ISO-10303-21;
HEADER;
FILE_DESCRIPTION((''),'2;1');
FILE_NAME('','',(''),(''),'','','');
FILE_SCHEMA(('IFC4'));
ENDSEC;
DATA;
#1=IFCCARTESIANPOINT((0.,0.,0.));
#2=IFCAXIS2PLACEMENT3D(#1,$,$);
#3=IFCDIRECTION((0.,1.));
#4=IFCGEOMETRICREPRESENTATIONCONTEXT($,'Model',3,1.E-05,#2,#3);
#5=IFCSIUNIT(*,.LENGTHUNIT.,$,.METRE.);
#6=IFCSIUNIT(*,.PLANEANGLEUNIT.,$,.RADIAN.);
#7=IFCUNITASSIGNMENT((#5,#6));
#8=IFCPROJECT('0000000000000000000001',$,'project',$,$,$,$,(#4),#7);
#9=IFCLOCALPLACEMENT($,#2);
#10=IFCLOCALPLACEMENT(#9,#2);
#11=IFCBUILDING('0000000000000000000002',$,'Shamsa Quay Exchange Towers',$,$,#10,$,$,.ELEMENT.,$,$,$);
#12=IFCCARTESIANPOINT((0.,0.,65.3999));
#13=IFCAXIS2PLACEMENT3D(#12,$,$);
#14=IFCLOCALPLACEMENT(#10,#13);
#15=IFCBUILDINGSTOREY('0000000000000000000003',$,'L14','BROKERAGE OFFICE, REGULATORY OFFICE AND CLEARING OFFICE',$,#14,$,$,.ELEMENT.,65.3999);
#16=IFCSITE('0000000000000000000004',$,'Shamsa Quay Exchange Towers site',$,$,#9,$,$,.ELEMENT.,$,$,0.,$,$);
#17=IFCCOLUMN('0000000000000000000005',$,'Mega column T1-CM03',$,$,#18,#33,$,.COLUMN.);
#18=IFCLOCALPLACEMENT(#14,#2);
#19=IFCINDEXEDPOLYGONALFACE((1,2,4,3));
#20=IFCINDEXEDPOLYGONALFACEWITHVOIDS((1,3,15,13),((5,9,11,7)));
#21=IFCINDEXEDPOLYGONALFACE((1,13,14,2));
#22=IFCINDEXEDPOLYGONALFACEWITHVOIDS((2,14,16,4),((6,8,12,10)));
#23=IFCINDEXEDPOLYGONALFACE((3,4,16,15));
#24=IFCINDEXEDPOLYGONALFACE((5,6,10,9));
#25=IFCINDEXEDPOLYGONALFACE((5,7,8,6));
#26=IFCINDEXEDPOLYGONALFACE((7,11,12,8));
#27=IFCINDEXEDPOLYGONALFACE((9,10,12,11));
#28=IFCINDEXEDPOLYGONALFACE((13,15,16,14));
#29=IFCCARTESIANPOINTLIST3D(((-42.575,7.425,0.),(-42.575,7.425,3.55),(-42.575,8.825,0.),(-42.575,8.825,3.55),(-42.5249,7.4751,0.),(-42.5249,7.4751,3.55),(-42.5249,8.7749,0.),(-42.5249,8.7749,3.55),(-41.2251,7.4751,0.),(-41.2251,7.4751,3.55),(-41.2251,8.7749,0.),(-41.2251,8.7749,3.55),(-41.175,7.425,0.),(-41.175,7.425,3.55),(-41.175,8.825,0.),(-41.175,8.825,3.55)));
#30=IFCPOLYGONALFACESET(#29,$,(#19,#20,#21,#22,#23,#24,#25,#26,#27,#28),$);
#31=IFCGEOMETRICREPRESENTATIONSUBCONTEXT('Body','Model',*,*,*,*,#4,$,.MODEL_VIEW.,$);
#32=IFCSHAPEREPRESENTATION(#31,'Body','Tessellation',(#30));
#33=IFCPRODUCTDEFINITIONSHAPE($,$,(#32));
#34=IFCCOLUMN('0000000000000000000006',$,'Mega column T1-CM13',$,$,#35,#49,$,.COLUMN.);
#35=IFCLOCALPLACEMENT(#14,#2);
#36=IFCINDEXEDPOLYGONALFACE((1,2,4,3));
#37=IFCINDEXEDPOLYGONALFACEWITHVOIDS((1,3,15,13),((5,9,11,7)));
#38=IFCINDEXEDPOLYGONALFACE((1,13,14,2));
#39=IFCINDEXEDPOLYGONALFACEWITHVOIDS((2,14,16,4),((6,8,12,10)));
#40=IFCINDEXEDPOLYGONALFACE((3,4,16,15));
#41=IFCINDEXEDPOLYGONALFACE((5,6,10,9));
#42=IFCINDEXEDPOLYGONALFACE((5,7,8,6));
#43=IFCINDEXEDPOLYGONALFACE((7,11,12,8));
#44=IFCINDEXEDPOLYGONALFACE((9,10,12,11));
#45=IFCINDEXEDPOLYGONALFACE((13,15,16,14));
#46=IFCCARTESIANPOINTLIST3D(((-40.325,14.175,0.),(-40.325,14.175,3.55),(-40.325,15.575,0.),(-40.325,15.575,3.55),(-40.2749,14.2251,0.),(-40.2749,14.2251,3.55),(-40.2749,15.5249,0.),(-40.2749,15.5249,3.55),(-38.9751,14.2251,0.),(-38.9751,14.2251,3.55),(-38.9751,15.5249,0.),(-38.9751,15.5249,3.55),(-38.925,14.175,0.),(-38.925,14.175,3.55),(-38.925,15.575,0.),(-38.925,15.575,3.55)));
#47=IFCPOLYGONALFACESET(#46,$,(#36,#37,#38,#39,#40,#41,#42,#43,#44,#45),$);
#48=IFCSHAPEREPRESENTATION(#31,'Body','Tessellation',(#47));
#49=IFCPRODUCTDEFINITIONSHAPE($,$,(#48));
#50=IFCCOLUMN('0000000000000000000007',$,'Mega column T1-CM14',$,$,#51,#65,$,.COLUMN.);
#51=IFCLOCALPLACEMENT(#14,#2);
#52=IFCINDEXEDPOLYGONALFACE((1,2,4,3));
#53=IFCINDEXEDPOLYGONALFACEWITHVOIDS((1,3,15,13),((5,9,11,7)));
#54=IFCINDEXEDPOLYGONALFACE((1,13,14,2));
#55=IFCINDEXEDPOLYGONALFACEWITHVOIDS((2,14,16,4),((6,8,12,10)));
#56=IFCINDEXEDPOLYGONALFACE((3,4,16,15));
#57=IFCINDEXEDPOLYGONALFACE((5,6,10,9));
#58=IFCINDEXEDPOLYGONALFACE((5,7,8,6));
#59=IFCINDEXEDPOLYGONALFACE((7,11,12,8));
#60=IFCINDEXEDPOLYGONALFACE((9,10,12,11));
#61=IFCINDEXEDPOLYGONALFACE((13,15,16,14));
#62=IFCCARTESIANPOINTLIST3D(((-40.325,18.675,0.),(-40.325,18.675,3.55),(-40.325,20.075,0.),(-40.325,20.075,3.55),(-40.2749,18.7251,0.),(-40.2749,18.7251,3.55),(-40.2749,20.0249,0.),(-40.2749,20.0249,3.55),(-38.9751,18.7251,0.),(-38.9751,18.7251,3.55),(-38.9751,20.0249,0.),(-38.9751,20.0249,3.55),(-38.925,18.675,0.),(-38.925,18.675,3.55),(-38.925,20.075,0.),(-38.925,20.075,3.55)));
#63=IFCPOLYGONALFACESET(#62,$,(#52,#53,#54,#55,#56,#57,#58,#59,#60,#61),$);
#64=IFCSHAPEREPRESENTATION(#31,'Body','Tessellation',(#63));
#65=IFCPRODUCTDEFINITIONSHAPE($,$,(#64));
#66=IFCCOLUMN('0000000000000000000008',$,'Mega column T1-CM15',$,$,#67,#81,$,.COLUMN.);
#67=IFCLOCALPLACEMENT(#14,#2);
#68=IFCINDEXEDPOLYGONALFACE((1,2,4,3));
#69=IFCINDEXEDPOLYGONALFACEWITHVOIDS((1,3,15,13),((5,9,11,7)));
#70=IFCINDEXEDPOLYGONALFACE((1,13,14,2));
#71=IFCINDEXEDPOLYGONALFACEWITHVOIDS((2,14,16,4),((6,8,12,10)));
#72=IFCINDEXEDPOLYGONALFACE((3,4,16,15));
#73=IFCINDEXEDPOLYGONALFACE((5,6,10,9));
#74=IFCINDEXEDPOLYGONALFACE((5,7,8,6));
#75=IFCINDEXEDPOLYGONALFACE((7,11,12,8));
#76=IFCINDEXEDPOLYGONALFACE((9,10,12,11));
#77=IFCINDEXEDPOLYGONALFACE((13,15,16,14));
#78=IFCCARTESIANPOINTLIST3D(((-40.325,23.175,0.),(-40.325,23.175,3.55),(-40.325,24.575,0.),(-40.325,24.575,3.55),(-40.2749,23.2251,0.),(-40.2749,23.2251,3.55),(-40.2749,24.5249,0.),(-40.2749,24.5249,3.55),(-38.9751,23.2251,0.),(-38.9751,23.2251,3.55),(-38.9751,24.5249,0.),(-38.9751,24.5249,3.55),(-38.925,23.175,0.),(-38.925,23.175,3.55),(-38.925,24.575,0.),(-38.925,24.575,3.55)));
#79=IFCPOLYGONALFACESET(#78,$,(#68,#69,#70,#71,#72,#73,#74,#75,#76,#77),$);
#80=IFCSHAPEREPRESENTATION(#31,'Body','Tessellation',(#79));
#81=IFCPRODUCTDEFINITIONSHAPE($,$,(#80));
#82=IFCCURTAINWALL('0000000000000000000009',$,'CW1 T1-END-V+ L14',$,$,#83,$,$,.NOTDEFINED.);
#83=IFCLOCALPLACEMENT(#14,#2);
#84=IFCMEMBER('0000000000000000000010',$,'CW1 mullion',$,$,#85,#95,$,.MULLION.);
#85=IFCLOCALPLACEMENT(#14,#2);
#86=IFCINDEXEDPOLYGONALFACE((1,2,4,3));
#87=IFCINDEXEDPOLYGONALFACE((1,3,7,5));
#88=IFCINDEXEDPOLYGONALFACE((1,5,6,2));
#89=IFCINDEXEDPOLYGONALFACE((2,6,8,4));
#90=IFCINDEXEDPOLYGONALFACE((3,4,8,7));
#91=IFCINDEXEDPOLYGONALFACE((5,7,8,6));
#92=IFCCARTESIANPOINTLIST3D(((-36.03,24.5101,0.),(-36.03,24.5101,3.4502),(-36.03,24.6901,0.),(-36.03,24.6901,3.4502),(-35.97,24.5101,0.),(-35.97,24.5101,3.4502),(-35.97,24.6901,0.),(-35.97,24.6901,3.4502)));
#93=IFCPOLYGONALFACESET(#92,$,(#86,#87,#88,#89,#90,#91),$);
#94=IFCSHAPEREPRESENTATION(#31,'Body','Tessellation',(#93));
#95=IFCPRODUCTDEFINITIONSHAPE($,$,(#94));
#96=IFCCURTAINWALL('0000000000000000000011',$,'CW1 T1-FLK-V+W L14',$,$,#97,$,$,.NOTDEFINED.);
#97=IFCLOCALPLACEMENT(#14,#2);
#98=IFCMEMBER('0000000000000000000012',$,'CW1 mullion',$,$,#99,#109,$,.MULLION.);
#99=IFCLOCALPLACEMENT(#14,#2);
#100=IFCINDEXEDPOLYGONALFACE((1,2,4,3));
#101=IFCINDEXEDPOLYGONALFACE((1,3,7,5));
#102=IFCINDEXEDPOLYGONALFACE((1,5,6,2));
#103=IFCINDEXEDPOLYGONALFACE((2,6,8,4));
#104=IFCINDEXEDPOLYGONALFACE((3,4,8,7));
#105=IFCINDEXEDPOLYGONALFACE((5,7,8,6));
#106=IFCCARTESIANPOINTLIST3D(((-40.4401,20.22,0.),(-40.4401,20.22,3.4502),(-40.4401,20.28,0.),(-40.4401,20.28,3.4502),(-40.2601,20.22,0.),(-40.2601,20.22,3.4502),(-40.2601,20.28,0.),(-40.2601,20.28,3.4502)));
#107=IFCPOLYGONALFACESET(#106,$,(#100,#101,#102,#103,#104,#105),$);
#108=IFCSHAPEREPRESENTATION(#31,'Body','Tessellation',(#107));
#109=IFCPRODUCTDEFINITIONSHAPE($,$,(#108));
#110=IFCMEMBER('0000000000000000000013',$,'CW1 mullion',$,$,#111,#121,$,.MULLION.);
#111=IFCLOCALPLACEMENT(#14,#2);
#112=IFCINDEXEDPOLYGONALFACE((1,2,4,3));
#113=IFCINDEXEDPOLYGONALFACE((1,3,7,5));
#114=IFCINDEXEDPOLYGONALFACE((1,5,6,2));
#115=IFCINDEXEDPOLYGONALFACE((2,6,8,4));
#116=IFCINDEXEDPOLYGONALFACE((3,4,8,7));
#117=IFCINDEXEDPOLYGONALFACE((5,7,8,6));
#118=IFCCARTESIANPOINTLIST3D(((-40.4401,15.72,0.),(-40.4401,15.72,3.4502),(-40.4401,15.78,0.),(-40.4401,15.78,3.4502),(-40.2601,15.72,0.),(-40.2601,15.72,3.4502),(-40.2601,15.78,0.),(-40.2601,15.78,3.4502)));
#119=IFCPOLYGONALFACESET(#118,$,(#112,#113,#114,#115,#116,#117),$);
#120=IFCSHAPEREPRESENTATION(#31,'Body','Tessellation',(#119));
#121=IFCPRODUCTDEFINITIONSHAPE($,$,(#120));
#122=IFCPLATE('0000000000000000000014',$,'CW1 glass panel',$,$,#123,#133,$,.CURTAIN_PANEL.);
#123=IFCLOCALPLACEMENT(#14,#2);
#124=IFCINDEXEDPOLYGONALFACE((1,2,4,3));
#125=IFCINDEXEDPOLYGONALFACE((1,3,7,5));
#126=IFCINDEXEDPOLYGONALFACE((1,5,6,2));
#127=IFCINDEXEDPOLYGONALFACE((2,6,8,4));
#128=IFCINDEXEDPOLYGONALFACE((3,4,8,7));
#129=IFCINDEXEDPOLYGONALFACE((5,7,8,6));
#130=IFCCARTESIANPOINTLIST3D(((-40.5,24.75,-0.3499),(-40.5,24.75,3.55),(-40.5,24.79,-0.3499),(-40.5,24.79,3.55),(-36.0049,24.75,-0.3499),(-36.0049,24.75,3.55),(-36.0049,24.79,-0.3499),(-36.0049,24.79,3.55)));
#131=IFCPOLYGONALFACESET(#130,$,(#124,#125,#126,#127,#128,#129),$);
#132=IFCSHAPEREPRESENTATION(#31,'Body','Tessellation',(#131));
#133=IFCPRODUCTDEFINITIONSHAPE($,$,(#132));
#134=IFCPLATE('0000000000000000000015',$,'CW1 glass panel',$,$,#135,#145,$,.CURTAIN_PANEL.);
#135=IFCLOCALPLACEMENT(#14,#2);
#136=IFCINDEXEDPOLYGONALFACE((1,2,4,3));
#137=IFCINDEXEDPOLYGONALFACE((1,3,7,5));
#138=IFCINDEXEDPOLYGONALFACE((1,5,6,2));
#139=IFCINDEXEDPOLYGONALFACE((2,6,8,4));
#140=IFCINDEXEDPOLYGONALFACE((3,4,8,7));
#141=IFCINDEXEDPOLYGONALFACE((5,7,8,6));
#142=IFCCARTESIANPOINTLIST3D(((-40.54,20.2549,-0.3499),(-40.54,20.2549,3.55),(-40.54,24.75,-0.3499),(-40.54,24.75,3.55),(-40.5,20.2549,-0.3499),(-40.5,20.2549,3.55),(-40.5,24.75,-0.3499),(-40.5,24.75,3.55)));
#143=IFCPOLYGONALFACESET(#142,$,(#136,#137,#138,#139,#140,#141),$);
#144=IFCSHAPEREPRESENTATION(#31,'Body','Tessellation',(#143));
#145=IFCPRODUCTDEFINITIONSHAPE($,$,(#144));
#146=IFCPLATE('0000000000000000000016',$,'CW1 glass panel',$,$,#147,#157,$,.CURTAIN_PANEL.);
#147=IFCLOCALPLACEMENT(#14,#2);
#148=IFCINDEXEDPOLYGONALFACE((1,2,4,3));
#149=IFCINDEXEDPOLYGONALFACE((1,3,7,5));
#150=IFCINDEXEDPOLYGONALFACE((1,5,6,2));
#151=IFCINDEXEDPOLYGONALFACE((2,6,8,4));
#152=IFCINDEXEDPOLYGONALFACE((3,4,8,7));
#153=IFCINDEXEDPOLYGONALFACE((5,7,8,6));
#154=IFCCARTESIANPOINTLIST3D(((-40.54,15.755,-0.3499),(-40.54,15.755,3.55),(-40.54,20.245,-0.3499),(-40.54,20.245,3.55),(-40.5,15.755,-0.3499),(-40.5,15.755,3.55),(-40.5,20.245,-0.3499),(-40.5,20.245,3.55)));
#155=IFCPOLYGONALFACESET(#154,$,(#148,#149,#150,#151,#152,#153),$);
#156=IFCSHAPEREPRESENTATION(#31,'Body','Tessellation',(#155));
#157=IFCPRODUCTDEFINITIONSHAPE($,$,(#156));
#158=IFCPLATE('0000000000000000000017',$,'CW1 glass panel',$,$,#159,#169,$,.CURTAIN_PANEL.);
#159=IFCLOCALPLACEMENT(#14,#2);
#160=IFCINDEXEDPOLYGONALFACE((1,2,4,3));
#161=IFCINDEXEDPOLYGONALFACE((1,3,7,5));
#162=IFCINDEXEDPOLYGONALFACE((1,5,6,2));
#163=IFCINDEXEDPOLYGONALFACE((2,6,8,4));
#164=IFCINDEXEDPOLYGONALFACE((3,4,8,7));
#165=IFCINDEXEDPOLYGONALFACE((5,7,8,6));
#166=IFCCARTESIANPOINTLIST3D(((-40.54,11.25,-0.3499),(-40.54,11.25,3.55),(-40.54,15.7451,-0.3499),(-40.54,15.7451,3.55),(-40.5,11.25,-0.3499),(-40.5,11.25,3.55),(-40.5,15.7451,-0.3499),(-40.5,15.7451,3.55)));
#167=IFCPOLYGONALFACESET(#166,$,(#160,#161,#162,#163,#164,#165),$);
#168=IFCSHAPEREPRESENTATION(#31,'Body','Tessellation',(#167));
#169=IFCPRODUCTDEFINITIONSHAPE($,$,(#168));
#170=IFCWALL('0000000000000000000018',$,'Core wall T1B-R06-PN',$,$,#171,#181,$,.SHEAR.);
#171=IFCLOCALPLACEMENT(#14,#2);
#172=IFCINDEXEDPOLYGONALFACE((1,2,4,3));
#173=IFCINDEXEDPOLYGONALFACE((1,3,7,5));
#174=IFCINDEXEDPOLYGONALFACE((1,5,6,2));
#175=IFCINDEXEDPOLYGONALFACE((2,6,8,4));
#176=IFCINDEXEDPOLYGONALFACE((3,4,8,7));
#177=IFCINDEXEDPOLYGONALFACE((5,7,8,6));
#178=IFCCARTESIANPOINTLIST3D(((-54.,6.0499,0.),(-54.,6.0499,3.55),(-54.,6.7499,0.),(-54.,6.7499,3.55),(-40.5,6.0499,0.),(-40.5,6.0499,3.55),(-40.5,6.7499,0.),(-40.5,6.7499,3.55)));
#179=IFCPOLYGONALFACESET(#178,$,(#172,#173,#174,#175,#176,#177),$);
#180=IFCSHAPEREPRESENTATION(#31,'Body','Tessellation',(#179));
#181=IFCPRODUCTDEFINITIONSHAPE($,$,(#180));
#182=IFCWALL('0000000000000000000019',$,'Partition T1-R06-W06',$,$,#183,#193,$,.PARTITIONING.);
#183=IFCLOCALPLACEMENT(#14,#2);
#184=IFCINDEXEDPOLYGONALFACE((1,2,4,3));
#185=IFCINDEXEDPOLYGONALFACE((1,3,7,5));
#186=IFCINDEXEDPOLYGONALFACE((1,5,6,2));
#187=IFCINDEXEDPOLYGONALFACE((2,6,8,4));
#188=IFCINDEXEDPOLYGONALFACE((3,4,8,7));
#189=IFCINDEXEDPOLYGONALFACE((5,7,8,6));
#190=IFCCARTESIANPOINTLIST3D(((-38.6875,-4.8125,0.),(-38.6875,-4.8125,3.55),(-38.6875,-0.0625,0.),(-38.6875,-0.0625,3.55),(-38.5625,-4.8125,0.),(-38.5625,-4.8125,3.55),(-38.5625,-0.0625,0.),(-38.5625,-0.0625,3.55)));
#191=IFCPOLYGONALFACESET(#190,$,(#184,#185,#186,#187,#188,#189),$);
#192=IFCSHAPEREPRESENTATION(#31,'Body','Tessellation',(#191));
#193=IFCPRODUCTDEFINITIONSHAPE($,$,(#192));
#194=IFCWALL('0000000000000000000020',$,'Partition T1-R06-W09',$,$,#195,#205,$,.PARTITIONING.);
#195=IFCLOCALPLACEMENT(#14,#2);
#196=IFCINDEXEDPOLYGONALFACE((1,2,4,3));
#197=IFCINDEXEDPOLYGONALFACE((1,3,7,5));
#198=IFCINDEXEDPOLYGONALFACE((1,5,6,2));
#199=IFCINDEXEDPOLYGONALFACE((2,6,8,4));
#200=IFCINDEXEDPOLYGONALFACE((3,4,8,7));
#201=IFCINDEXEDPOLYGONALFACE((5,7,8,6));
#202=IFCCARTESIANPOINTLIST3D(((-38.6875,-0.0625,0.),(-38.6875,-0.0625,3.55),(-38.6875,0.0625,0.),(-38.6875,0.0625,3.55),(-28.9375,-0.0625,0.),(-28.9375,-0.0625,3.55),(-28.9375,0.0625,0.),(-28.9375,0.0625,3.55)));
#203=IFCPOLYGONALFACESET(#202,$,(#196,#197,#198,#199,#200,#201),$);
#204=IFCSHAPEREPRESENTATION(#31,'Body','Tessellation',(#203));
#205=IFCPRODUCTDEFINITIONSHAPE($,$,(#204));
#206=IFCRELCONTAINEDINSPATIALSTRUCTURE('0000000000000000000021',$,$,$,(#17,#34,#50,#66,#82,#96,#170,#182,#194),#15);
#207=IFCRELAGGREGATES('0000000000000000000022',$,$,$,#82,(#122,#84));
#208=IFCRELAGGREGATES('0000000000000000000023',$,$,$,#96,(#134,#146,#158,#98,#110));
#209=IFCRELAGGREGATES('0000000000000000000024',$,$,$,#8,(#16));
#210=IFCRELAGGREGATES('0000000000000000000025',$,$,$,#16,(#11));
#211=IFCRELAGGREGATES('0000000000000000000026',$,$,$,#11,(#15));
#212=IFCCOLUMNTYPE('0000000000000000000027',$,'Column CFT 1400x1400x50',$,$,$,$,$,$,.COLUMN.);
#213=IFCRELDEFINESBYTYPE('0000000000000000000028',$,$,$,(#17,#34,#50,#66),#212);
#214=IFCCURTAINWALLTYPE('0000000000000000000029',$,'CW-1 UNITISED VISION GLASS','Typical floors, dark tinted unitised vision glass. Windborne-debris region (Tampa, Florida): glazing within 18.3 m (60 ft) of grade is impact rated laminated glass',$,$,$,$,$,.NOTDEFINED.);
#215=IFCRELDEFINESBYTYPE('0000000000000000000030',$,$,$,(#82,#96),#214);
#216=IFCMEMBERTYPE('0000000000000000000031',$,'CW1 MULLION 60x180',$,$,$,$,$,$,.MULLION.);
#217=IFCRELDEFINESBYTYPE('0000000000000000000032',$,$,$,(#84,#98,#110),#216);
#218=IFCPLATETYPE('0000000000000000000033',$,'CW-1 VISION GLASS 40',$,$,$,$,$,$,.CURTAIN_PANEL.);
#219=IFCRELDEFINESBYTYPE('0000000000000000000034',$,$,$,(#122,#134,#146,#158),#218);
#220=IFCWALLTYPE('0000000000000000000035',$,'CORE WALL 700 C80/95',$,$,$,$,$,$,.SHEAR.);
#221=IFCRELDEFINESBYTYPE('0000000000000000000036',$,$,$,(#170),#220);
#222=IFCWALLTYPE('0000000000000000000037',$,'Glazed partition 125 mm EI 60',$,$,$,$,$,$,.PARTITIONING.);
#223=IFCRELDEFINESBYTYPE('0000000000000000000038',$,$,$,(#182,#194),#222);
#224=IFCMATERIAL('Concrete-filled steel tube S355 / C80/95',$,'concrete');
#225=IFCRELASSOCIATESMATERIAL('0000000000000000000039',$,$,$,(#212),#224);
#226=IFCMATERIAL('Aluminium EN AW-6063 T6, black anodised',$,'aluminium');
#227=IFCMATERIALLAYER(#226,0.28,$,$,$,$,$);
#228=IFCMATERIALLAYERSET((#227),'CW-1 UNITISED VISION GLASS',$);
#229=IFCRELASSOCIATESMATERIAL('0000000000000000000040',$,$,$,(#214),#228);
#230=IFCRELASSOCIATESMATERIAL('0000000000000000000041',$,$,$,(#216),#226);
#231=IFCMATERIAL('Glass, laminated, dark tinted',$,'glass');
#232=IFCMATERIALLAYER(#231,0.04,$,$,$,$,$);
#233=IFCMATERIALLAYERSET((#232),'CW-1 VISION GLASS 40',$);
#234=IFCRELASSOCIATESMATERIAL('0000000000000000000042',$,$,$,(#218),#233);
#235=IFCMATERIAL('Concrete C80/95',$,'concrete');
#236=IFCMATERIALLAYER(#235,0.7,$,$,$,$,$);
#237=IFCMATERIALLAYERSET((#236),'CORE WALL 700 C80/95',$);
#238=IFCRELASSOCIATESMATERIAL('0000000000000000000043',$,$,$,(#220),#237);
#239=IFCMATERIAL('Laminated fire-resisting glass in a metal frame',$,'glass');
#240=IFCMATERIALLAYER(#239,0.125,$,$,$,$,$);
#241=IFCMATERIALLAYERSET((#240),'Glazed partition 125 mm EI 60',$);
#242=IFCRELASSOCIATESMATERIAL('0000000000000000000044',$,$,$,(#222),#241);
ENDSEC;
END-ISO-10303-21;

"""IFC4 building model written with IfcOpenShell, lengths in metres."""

from ifc_helpers import new_model, si_unit, direction, frame, frame_2d, origin, origin_2d, place, context, subcontext, project, spatial, rectangle, hollow_rectangle, extrude, material, layer, layer_set, material_profile, profile_set, type_object, element, aggregate, save


model = new_model("IFC4")

# Units and contexts
model_context = context("Model", 3, precision=1e-05, world=origin(), true_north=direction((0.0, 1.0)))
body_context = subcontext(model_context, "Body", "Model", "MODEL_VIEW")
ifc_project = project(units=[si_unit("LENGTHUNIT", "METRE"), si_unit("PLANEANGLEUNIT", "RADIAN")], contexts=[model_context])

# Site, building, storey
site_placement = place(None, origin())
site = spatial("IfcSite", under=ifc_project, at=site_placement, Name="Shamsa Quay Exchange Towers site", CompositionType="ELEMENT", RefElevation=0.0)
building_placement = place(site_placement, origin())
building = spatial("IfcBuilding", under=site, at=building_placement, Name="Shamsa Quay Exchange Towers", CompositionType="ELEMENT")
storey_placement = place(building_placement, frame((0.0, 0.0, 65.3999)))
storey = spatial("IfcBuildingStorey", under=building, at=storey_placement, Name="L14", Description="BROKERAGE OFFICE, REGULATORY OFFICE AND CLEARING OFFICE", CompositionType="ELEMENT", Elevation=65.3999)

# Columns
ifc_material_1 = material(Name="Concrete-filled steel tube S355 / C80/95", Category="concrete")
ifc_material_profile_1 = material_profile(ifc_material_1, hollow_rectangle(XDim=1.3999, YDim=1.3999, WallThickness=0.05, at=origin_2d()), Name="CFT 1400x1400x50")
ifc_profile_set_1 = profile_set([ifc_material_profile_1], Name="Concrete-filled steel tube S355 / C80/95")
column_type = type_object("IfcColumnType", Name="Column CFT 1400x1400x50", PredefinedType="COLUMN", material=ifc_profile_set_1)
for number, where, name in (
    (1, (-41.875, 8.125, 0.0), "Mega column T1-CM03"),
    (2, (-39.625, 14.875, 0.0), "Mega column T1-CM13"),
    (3, (-39.625, 19.375, 0.0), "Mega column T1-CM14"),
    (4, (-39.625, 23.875, 0.0), "Mega column T1-CM15"),
):
    element("IfcColumn", number, at=place(storey_placement, frame(where)), inside=storey, type_object=column_type, Name=name, PredefinedType="COLUMN", context=body_context, shape_type="SweptSolid", body=[
        extrude(hollow_rectangle(XDim=1.3999, YDim=1.3999, WallThickness=0.05, at=origin_2d()), origin(), (0.0, 0.0, 1.0), 3.55),
    ])

# Curtain wall, member
ifc_material_2 = material(Name="Aluminium EN AW-6063 T6, black anodised", Category="aluminium")
ifc_layer_1 = layer(ifc_material_2, 0.28)
ifc_layer_set_1 = layer_set([ifc_layer_1], Name="CW-1 UNITISED VISION GLASS")
curtain_wall_type = type_object("IfcCurtainWallType", Name="CW-1 UNITISED VISION GLASS", Description="Typical floors, dark tinted unitised vision glass. Windborne-debris region (Tampa, Florida): glazing within 18.3 m (60 ft) of grade is impact rated laminated glass", PredefinedType="NOTDEFINED", material=ifc_layer_set_1)
curtain_wall_1_placement = place(storey_placement, origin())
curtain_wall_1 = element("IfcCurtainWall", 5, at=curtain_wall_1_placement, inside=storey, type_object=curtain_wall_type, Name="CW1 T1-END-V+ L14", PredefinedType="NOTDEFINED")
ifc_material_profile_2 = material_profile(ifc_material_2, rectangle(XDim=0.1799, YDim=0.0601, at=origin_2d()), Name="MU60x180")
ifc_profile_set_2 = profile_set([ifc_material_profile_2], Name="Aluminium EN AW-6063 T6, black anodised")
member_type = type_object("IfcMemberType", Name="CW1 MULLION 60x180", PredefinedType="MULLION", material=ifc_profile_set_2)
member_1_placement = place(storey_placement, frame((-36.0, 24.6001, 0.0), z_axis=(0.0, 0.0, 1.0), x_axis=(0.0, -1.0, 0.0)))
member_1 = element("IfcMember", 6, at=member_1_placement, type_object=member_type, Name="CW1 mullion", PredefinedType="MULLION", context=body_context, shape_type="SweptSolid", body=[
    extrude(rectangle(XDim=0.1799, YDim=0.0601, at=origin_2d()), origin(), (0.0, 0.0, 1.0), 3.4502),
])

# Curtain wall, members
curtain_wall_2_placement = place(storey_placement, origin())
curtain_wall_2 = element("IfcCurtainWall", 7, at=curtain_wall_2_placement, inside=storey, type_object=curtain_wall_type, Name="CW1 T1-FLK-V+W L14", PredefinedType="NOTDEFINED")
member_2_placement = place(storey_placement, frame((-40.3501, 20.25, 0.0)))
member_2 = element("IfcMember", 8, at=member_2_placement, type_object=member_type, Name="CW1 mullion", PredefinedType="MULLION", context=body_context, shape_type="SweptSolid", body=[
    extrude(rectangle(XDim=0.1799, YDim=0.0601, at=origin_2d()), origin(), (0.0, 0.0, 1.0), 3.4502),
])
member_3_placement = place(storey_placement, frame((-40.3501, 15.75, 0.0)))
member_3 = element("IfcMember", 9, at=member_3_placement, type_object=member_type, Name="CW1 mullion", PredefinedType="MULLION", context=body_context, shape_type="SweptSolid", body=[
    extrude(rectangle(XDim=0.1799, YDim=0.0601, at=origin_2d()), origin(), (0.0, 0.0, 1.0), 3.4502),
])

# Plates
ifc_material_3 = material(Name="Glass, laminated, dark tinted", Category="glass")
ifc_layer_2 = layer(ifc_material_3, 0.04)
ifc_layer_set_2 = layer_set([ifc_layer_2], Name="CW-1 VISION GLASS 40")
plate_type = type_object("IfcPlateType", Name="CW-1 VISION GLASS 40", PredefinedType="CURTAIN_PANEL", material=ifc_layer_set_2)
plate_1_placement = place(storey_placement, frame((-38.2524, 24.77, -0.3499), z_axis=(0.0, 0.0, 1.0), x_axis=(-1.0, 0.0, 0.0)))
plate_1 = element("IfcPlate", 10, at=plate_1_placement, type_object=plate_type, Name="CW1 glass panel", PredefinedType="CURTAIN_PANEL", context=body_context, shape_type="SweptSolid", body=[
    extrude(rectangle(XDim=4.4951, YDim=0.04, at=origin_2d()), origin(), (0.0, 0.0, 1.0), 3.8999),
])
aggregate(curtain_wall_1, [plate_1, member_1])
plate_2_placement = place(storey_placement, frame((-40.52, 22.5024, -0.3499), z_axis=(0.0, 0.0, 1.0), x_axis=(0.0, -1.0, 0.0)))
plate_2 = element("IfcPlate", 11, at=plate_2_placement, type_object=plate_type, Name="CW1 glass panel", PredefinedType="CURTAIN_PANEL", context=body_context, shape_type="SweptSolid", body=[
    extrude(rectangle(XDim=4.4951, YDim=0.04, at=origin_2d()), origin(), (0.0, 0.0, 1.0), 3.8999),
])
plate_3_placement = place(storey_placement, frame((-40.52, 18.0, -0.3499), z_axis=(0.0, 0.0, 1.0), x_axis=(0.0, -1.0, 0.0)))
plate_3 = element("IfcPlate", 12, at=plate_3_placement, type_object=plate_type, Name="CW1 glass panel", PredefinedType="CURTAIN_PANEL", context=body_context, shape_type="SweptSolid", body=[
    extrude(rectangle(XDim=4.49, YDim=0.04, at=origin_2d()), origin(), (0.0, 0.0, 1.0), 3.8999),
])
plate_4_placement = place(storey_placement, frame((-40.52, 13.4976, -0.3499), z_axis=(0.0, 0.0, 1.0), x_axis=(0.0, -1.0, 0.0)))
plate_4 = element("IfcPlate", 13, at=plate_4_placement, type_object=plate_type, Name="CW1 glass panel", PredefinedType="CURTAIN_PANEL", context=body_context, shape_type="SweptSolid", body=[
    extrude(rectangle(XDim=4.4951, YDim=0.04, at=origin_2d()), origin(), (0.0, 0.0, 1.0), 3.8999),
])
aggregate(curtain_wall_2, [plate_2, plate_3, plate_4, member_2, member_3])

# Walls
ifc_material_4 = material(Name="Concrete C80/95", Category="concrete")
ifc_layer_3 = layer(ifc_material_4, 0.7)
ifc_layer_set_3 = layer_set([ifc_layer_3], Name="CORE WALL 700 C80/95")
wall_type_1 = type_object("IfcWallType", Name="CORE WALL 700 C80/95", PredefinedType="SHEAR", material=ifc_layer_set_3)
wall_1_placement = place(storey_placement, frame((-40.5, 6.3999, 0.0), z_axis=(0.0, 0.0, 1.0), x_axis=(-1.0, 0.0, 0.0)))
element("IfcWall", 14, at=wall_1_placement, inside=storey, type_object=wall_type_1, Name="Core wall T1B-R06-PN", PredefinedType="SHEAR", context=body_context, shape_type="SweptSolid", body=[
    extrude(rectangle(XDim=13.5, YDim=0.7, at=frame_2d((6.75, 0.0))), origin(), (0.0, 0.0, 1.0), 3.55),
])
ifc_material_5 = material(Name="Laminated fire-resisting glass in a metal frame", Category="glass")
ifc_layer_4 = layer(ifc_material_5, 0.125)
ifc_layer_set_4 = layer_set([ifc_layer_4], Name="Glazed partition 125 mm EI 60")
wall_type_2 = type_object("IfcWallType", Name="Glazed partition 125 mm EI 60", PredefinedType="PARTITIONING", material=ifc_layer_set_4)
wall_2_placement = place(storey_placement, frame((-38.625, -0.0625, 0.0), z_axis=(0.0, 0.0, 1.0), x_axis=(0.0, -1.0, 0.0)))
element("IfcWall", 15, at=wall_2_placement, inside=storey, type_object=wall_type_2, Name="Partition T1-R06-W06", PredefinedType="PARTITIONING", context=body_context, shape_type="SweptSolid", body=[
    extrude(rectangle(XDim=4.75, YDim=0.125, at=frame_2d((2.375, 0.0))), origin(), (0.0, 0.0, 1.0), 3.55),
])
wall_3_placement = place(storey_placement, frame((-38.6875, 0.0, 0.0)))
element("IfcWall", 16, at=wall_3_placement, inside=storey, type_object=wall_type_2, Name="Partition T1-R06-W09", PredefinedType="PARTITIONING", context=body_context, shape_type="SweptSolid", body=[
    extrude(rectangle(XDim=9.75, YDim=0.125, at=frame_2d((4.875, 0.0))), origin(), (0.0, 0.0, 1.0), 3.55),
])

save(model, "model.ifc")
